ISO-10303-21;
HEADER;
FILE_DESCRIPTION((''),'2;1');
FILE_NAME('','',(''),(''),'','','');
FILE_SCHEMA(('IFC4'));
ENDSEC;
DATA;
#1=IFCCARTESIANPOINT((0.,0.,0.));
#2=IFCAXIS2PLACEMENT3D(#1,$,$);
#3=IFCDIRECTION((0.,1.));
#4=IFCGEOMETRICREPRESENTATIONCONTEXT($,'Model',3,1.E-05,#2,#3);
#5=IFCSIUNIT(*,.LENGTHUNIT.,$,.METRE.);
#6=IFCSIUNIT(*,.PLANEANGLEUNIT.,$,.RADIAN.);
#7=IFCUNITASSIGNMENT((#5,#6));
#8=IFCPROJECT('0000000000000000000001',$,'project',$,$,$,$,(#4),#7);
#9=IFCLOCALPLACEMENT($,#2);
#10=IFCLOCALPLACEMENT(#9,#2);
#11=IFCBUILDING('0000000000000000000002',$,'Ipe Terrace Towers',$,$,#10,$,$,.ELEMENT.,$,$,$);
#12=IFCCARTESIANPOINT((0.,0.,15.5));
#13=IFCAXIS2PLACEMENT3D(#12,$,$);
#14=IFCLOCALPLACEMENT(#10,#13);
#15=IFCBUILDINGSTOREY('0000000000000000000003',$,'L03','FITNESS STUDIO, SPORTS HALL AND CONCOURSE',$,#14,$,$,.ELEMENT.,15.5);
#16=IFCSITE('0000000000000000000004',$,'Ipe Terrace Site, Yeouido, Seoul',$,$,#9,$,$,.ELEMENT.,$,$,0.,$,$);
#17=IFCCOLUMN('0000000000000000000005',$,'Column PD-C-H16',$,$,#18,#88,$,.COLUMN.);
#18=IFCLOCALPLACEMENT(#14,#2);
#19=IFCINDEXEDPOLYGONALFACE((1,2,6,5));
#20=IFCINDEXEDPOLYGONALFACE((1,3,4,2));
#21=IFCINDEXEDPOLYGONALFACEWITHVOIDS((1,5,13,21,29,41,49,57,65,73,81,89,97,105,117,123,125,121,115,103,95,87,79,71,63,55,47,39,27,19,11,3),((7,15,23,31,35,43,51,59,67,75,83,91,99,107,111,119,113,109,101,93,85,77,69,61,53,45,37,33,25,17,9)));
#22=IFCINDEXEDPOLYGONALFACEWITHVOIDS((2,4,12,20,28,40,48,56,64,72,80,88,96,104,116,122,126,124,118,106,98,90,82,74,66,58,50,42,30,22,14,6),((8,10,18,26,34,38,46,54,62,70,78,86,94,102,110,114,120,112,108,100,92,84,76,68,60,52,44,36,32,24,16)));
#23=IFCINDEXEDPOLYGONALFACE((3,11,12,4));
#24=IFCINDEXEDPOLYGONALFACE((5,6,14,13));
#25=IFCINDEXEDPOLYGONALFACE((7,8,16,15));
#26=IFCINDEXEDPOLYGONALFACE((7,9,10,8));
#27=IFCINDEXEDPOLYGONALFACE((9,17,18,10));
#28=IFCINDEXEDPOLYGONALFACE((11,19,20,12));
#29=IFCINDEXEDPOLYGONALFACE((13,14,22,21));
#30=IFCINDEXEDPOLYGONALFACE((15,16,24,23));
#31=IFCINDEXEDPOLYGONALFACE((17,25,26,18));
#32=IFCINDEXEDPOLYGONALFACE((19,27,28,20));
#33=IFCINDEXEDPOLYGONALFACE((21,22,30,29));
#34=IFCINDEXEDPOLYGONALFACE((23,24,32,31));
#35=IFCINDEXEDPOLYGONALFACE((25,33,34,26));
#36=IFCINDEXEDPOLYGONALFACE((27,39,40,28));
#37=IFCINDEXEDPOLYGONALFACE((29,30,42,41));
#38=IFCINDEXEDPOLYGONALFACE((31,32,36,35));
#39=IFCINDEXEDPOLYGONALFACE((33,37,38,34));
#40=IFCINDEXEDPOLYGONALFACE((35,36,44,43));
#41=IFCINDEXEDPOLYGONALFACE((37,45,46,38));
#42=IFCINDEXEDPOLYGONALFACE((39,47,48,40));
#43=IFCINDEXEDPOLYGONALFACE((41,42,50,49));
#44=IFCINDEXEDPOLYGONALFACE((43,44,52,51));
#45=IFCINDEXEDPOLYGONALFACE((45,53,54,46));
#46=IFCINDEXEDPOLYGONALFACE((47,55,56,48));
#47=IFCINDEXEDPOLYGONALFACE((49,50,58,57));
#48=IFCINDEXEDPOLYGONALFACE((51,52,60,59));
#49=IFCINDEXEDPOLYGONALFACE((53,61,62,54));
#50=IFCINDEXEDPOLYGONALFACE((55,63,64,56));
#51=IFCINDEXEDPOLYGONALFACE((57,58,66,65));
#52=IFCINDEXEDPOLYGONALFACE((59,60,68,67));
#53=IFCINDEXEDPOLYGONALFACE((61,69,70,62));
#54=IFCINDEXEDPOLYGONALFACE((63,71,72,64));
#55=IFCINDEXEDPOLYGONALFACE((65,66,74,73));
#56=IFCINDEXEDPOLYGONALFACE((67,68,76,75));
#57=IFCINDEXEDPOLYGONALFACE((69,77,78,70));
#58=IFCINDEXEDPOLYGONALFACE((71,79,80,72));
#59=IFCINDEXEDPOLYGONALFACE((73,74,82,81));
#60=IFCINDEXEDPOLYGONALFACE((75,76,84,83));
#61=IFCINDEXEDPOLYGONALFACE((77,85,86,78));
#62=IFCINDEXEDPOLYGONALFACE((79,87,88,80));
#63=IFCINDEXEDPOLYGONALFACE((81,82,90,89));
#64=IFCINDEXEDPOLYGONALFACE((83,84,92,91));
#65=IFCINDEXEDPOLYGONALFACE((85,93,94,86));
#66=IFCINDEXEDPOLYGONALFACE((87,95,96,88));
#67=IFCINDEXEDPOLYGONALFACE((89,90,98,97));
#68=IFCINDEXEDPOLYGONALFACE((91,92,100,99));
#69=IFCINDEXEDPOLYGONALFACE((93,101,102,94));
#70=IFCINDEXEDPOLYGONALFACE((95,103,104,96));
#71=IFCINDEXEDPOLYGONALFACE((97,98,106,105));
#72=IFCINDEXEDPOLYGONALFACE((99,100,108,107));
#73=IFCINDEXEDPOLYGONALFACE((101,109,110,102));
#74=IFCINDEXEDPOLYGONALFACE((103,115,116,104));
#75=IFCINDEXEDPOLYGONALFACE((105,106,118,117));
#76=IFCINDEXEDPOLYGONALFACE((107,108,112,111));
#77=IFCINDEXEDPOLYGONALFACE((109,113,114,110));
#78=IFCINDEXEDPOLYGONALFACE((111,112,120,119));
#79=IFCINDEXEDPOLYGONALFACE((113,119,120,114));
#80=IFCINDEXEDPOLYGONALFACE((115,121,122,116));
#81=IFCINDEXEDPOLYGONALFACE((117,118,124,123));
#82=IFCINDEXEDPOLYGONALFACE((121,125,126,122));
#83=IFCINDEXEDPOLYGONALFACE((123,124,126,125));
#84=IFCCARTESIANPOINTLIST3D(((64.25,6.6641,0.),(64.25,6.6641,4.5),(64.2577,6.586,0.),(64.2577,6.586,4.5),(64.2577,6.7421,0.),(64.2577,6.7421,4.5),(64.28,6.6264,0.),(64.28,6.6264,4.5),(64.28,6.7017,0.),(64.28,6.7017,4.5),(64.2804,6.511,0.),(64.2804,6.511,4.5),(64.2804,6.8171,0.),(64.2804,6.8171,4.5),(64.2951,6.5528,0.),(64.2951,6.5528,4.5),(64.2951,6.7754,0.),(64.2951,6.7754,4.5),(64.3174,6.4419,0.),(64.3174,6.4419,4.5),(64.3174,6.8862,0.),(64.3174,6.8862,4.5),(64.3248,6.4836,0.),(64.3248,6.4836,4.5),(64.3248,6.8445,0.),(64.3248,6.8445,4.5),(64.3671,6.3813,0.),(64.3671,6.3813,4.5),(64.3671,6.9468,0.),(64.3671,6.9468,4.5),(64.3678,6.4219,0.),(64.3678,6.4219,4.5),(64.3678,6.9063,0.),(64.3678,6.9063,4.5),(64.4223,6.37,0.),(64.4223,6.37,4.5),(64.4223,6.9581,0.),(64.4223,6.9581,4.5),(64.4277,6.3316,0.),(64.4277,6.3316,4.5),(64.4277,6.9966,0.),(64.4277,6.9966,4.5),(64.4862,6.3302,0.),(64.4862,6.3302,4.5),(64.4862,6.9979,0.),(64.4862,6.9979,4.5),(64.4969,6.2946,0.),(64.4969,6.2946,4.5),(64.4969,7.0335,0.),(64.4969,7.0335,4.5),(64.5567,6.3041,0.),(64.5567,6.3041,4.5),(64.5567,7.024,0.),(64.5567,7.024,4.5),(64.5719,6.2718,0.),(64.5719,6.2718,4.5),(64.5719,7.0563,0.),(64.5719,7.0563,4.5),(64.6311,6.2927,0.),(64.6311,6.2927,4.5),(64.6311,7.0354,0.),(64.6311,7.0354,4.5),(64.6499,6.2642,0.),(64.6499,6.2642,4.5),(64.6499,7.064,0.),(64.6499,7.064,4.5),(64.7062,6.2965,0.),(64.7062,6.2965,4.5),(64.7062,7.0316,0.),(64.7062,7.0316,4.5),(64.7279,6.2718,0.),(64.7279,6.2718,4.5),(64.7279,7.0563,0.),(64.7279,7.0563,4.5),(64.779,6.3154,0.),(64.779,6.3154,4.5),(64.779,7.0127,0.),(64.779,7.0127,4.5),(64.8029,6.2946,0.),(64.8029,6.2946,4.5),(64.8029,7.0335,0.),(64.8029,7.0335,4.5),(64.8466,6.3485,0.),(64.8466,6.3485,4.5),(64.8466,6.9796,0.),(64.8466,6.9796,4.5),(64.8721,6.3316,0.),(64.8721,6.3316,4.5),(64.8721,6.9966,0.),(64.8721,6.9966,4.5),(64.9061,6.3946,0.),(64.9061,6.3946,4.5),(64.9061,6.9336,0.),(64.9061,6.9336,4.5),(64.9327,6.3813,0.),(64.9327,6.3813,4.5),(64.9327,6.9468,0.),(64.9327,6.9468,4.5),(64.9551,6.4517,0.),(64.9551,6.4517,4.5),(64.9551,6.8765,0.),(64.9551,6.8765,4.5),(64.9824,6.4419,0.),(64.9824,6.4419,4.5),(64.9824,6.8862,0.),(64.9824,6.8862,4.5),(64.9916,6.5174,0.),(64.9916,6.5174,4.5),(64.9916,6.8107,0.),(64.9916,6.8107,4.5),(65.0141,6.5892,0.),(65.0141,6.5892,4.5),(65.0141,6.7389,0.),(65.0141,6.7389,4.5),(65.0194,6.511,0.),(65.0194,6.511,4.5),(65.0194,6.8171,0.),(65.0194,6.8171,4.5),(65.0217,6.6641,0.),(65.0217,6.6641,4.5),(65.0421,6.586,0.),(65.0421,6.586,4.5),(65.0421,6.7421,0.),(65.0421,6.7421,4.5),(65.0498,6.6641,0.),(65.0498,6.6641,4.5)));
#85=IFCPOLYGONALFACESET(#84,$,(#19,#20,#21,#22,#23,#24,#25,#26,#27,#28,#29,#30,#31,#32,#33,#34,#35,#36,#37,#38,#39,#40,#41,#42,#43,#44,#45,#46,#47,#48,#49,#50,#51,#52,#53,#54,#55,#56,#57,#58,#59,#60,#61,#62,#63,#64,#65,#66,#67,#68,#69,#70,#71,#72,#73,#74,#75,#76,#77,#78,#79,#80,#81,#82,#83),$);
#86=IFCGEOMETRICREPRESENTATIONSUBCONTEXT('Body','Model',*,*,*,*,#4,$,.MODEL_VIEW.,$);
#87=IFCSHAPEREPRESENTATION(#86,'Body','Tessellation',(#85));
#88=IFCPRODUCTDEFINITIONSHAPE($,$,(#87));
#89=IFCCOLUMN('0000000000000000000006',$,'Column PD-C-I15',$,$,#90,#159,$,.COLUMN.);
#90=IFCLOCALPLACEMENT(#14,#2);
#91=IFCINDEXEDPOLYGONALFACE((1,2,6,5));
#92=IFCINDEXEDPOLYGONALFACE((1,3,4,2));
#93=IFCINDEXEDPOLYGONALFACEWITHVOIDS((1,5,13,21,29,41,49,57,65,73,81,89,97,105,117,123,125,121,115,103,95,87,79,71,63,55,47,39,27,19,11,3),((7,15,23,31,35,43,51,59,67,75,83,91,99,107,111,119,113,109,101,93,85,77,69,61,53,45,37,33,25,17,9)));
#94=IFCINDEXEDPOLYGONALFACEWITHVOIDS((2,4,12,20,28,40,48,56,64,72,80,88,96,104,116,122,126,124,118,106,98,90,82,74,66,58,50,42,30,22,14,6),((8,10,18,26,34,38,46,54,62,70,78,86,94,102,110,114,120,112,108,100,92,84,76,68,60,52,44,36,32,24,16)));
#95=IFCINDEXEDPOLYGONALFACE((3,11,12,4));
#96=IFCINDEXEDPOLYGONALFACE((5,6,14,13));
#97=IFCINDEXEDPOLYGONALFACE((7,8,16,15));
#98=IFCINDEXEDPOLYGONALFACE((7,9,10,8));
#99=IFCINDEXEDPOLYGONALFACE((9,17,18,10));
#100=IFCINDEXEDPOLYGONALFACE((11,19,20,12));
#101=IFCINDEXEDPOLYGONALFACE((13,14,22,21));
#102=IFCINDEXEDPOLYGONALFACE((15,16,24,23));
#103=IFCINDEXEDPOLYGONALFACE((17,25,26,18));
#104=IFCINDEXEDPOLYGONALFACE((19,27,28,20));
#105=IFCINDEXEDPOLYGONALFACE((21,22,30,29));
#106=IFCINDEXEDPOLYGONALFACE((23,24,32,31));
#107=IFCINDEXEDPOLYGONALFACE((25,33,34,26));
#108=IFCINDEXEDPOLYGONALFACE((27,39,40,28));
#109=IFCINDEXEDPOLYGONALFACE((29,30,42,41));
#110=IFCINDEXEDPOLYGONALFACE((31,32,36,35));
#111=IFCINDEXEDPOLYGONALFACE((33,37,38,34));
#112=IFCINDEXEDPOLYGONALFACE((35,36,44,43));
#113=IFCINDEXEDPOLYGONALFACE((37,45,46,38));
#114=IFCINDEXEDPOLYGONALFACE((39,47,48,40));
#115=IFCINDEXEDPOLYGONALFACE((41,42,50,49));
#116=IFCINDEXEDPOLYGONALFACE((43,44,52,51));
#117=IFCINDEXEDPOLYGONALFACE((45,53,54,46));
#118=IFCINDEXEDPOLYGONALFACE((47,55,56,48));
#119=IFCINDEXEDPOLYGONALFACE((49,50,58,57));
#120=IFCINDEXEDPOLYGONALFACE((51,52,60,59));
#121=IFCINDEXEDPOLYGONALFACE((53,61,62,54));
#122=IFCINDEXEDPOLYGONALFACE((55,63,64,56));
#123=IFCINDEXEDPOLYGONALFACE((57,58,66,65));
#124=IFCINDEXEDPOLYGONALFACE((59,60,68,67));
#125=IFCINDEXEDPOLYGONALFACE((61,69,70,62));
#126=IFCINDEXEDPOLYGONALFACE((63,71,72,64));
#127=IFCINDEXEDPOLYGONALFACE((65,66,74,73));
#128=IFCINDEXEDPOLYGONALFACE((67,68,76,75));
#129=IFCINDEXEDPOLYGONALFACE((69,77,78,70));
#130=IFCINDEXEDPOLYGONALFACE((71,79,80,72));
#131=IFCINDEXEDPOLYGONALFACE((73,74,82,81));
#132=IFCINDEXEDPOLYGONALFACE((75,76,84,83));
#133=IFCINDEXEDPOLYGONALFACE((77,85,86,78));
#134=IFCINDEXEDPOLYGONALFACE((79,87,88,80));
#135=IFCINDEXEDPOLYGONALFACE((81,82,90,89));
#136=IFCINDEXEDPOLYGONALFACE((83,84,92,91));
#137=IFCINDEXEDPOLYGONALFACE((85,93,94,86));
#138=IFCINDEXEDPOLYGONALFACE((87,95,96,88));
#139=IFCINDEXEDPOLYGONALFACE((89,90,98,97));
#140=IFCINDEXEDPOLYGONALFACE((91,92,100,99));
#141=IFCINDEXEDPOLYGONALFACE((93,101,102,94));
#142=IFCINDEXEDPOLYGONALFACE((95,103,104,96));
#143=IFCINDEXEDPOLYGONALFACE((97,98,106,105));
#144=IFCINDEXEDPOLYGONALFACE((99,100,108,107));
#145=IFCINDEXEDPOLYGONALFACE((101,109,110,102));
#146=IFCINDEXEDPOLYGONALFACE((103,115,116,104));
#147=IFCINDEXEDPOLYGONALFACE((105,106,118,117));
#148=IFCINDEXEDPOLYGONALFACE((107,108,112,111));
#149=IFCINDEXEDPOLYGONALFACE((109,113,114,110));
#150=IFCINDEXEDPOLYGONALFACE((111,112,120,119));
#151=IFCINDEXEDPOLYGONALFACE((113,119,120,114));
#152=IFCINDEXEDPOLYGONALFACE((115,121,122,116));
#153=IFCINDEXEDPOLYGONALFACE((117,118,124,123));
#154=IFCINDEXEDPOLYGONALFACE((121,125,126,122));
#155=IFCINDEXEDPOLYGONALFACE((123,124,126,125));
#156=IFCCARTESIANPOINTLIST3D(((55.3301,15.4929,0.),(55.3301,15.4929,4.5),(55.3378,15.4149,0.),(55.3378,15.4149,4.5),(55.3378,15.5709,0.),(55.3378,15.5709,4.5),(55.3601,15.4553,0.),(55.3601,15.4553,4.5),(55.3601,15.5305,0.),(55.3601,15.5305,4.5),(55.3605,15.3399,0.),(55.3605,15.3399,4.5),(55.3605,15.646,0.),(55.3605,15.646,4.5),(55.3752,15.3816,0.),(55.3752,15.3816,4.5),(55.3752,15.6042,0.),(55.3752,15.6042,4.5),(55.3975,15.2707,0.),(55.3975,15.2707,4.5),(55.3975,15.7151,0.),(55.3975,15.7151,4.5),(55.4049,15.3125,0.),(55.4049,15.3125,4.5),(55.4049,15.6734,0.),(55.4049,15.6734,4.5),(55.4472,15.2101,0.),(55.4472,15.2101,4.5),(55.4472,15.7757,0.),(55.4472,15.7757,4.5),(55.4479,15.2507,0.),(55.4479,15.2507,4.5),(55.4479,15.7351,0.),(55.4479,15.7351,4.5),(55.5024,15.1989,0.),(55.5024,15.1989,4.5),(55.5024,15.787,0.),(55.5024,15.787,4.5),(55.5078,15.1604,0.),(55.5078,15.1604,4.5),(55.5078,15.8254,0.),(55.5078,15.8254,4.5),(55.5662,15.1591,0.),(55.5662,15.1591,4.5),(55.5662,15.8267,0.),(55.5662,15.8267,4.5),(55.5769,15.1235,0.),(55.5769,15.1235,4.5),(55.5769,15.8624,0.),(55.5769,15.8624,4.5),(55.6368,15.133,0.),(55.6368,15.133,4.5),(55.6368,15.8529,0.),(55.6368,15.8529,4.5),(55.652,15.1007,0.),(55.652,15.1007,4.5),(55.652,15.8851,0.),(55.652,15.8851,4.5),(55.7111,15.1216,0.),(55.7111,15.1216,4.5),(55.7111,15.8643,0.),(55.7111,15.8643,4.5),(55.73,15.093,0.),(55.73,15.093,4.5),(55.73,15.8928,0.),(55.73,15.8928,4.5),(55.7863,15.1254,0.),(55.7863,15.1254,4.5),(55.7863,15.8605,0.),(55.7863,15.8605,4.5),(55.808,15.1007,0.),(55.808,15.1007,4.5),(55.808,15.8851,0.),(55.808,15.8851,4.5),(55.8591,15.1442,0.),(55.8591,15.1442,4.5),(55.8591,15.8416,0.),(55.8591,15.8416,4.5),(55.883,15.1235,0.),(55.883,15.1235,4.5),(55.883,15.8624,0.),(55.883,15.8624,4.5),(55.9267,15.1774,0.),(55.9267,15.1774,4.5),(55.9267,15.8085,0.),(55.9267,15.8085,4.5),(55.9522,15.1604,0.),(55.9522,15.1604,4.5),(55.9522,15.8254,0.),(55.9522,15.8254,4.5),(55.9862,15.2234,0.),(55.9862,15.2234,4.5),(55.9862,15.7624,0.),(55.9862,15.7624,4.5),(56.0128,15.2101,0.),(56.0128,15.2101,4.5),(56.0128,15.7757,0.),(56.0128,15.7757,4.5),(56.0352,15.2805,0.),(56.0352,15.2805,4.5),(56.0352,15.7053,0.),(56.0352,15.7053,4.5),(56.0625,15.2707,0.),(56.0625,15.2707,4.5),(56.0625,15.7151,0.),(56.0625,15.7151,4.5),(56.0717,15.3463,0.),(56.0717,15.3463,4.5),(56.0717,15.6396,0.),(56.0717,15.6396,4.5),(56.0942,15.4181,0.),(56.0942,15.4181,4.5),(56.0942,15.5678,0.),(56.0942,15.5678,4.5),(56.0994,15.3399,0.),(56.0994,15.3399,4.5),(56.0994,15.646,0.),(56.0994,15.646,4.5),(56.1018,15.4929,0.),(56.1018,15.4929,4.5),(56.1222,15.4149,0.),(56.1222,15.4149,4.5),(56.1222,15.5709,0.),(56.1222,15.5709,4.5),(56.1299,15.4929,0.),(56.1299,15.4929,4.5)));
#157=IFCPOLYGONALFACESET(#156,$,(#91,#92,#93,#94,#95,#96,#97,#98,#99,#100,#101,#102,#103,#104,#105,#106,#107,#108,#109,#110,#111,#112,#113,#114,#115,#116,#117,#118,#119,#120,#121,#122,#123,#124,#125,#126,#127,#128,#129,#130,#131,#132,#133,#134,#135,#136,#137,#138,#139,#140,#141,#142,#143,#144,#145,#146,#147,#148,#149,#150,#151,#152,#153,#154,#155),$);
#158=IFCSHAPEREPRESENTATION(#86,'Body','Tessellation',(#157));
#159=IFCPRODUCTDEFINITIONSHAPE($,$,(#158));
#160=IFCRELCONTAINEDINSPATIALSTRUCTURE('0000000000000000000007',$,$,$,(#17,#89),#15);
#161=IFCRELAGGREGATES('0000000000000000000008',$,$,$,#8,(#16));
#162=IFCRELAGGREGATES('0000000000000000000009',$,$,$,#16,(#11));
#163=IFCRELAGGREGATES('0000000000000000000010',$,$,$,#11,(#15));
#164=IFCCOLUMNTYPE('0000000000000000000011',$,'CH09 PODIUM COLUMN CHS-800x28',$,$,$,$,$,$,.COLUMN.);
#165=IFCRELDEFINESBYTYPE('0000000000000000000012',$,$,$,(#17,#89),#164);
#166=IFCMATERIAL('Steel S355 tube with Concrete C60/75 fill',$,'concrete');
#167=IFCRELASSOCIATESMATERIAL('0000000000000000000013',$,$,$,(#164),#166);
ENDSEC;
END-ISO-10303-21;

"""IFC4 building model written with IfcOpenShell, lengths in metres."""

from ifc_helpers import new_model, si_unit, direction, frame, origin, origin_2d, place, context, subcontext, project, spatial, hollow_circle, extrude, material, material_profile, profile_set, type_object, element, save


model = new_model("IFC4")

# Units and contexts
model_context = context("Model", 3, precision=1e-05, world=origin(), true_north=direction((0.0, 1.0)))
body_context = subcontext(model_context, "Body", "Model", "MODEL_VIEW")
ifc_project = project(units=[si_unit("LENGTHUNIT", "METRE"), si_unit("PLANEANGLEUNIT", "RADIAN")], contexts=[model_context])

# Site, building, storey
site_placement = place(None, origin())
site = spatial("IfcSite", under=ifc_project, at=site_placement, Name="Ipe Terrace Site, Yeouido, Seoul", CompositionType="ELEMENT", RefElevation=0.0)
building_placement = place(site_placement, origin())
building = spatial("IfcBuilding", under=site, at=building_placement, Name="Ipe Terrace Towers", CompositionType="ELEMENT")
storey_placement = place(building_placement, frame((0.0, 0.0, 15.5)))
storey = spatial("IfcBuildingStorey", under=building, at=storey_placement, Name="L03", Description="FITNESS STUDIO, SPORTS HALL AND CONCOURSE", CompositionType="ELEMENT", Elevation=15.5)

# Columns
ifc_material_1 = material(Name="Steel S355 tube with Concrete C60/75 fill", Category="concrete")
ifc_material_profile_1 = material_profile(ifc_material_1, hollow_circle(Radius=0.3999, WallThickness=0.0281, at=origin_2d()), Name="CHS-800x28")
ifc_profile_set_1 = profile_set([ifc_material_profile_1], Name="Steel S355 tube with Concrete C60/75 fill")
column_type_1 = type_object("IfcColumnType", Name="CH09 PODIUM COLUMN CHS-800x28", PredefinedType="COLUMN", material=ifc_profile_set_1)
for number, where, z_axis, x_axis, name in (
    (1, (64.6499, 6.6641, 0.0), (0.0, 0.0, 1.0), (1.0, 0.0, 0.0), "Column PD-C-H16"),
    (2, (55.73, 15.4929, 0.0), (0.0, 0.0, 1.0), (1.0, 0.0, 0.0), "Column PD-C-I15"),
):
    element("IfcColumn", number, at=place(storey_placement, frame(where, z_axis=z_axis, x_axis=x_axis)), inside=storey, type_object=column_type_1, Name=name, PredefinedType="COLUMN", context=body_context, shape_type="SweptSolid", body=[
        extrude(hollow_circle(Radius=0.3999, WallThickness=0.0281, at=origin_2d()), origin(), (0.0, 0.0, 1.0), 4.5),
    ])

save(model, "model.ifc")
